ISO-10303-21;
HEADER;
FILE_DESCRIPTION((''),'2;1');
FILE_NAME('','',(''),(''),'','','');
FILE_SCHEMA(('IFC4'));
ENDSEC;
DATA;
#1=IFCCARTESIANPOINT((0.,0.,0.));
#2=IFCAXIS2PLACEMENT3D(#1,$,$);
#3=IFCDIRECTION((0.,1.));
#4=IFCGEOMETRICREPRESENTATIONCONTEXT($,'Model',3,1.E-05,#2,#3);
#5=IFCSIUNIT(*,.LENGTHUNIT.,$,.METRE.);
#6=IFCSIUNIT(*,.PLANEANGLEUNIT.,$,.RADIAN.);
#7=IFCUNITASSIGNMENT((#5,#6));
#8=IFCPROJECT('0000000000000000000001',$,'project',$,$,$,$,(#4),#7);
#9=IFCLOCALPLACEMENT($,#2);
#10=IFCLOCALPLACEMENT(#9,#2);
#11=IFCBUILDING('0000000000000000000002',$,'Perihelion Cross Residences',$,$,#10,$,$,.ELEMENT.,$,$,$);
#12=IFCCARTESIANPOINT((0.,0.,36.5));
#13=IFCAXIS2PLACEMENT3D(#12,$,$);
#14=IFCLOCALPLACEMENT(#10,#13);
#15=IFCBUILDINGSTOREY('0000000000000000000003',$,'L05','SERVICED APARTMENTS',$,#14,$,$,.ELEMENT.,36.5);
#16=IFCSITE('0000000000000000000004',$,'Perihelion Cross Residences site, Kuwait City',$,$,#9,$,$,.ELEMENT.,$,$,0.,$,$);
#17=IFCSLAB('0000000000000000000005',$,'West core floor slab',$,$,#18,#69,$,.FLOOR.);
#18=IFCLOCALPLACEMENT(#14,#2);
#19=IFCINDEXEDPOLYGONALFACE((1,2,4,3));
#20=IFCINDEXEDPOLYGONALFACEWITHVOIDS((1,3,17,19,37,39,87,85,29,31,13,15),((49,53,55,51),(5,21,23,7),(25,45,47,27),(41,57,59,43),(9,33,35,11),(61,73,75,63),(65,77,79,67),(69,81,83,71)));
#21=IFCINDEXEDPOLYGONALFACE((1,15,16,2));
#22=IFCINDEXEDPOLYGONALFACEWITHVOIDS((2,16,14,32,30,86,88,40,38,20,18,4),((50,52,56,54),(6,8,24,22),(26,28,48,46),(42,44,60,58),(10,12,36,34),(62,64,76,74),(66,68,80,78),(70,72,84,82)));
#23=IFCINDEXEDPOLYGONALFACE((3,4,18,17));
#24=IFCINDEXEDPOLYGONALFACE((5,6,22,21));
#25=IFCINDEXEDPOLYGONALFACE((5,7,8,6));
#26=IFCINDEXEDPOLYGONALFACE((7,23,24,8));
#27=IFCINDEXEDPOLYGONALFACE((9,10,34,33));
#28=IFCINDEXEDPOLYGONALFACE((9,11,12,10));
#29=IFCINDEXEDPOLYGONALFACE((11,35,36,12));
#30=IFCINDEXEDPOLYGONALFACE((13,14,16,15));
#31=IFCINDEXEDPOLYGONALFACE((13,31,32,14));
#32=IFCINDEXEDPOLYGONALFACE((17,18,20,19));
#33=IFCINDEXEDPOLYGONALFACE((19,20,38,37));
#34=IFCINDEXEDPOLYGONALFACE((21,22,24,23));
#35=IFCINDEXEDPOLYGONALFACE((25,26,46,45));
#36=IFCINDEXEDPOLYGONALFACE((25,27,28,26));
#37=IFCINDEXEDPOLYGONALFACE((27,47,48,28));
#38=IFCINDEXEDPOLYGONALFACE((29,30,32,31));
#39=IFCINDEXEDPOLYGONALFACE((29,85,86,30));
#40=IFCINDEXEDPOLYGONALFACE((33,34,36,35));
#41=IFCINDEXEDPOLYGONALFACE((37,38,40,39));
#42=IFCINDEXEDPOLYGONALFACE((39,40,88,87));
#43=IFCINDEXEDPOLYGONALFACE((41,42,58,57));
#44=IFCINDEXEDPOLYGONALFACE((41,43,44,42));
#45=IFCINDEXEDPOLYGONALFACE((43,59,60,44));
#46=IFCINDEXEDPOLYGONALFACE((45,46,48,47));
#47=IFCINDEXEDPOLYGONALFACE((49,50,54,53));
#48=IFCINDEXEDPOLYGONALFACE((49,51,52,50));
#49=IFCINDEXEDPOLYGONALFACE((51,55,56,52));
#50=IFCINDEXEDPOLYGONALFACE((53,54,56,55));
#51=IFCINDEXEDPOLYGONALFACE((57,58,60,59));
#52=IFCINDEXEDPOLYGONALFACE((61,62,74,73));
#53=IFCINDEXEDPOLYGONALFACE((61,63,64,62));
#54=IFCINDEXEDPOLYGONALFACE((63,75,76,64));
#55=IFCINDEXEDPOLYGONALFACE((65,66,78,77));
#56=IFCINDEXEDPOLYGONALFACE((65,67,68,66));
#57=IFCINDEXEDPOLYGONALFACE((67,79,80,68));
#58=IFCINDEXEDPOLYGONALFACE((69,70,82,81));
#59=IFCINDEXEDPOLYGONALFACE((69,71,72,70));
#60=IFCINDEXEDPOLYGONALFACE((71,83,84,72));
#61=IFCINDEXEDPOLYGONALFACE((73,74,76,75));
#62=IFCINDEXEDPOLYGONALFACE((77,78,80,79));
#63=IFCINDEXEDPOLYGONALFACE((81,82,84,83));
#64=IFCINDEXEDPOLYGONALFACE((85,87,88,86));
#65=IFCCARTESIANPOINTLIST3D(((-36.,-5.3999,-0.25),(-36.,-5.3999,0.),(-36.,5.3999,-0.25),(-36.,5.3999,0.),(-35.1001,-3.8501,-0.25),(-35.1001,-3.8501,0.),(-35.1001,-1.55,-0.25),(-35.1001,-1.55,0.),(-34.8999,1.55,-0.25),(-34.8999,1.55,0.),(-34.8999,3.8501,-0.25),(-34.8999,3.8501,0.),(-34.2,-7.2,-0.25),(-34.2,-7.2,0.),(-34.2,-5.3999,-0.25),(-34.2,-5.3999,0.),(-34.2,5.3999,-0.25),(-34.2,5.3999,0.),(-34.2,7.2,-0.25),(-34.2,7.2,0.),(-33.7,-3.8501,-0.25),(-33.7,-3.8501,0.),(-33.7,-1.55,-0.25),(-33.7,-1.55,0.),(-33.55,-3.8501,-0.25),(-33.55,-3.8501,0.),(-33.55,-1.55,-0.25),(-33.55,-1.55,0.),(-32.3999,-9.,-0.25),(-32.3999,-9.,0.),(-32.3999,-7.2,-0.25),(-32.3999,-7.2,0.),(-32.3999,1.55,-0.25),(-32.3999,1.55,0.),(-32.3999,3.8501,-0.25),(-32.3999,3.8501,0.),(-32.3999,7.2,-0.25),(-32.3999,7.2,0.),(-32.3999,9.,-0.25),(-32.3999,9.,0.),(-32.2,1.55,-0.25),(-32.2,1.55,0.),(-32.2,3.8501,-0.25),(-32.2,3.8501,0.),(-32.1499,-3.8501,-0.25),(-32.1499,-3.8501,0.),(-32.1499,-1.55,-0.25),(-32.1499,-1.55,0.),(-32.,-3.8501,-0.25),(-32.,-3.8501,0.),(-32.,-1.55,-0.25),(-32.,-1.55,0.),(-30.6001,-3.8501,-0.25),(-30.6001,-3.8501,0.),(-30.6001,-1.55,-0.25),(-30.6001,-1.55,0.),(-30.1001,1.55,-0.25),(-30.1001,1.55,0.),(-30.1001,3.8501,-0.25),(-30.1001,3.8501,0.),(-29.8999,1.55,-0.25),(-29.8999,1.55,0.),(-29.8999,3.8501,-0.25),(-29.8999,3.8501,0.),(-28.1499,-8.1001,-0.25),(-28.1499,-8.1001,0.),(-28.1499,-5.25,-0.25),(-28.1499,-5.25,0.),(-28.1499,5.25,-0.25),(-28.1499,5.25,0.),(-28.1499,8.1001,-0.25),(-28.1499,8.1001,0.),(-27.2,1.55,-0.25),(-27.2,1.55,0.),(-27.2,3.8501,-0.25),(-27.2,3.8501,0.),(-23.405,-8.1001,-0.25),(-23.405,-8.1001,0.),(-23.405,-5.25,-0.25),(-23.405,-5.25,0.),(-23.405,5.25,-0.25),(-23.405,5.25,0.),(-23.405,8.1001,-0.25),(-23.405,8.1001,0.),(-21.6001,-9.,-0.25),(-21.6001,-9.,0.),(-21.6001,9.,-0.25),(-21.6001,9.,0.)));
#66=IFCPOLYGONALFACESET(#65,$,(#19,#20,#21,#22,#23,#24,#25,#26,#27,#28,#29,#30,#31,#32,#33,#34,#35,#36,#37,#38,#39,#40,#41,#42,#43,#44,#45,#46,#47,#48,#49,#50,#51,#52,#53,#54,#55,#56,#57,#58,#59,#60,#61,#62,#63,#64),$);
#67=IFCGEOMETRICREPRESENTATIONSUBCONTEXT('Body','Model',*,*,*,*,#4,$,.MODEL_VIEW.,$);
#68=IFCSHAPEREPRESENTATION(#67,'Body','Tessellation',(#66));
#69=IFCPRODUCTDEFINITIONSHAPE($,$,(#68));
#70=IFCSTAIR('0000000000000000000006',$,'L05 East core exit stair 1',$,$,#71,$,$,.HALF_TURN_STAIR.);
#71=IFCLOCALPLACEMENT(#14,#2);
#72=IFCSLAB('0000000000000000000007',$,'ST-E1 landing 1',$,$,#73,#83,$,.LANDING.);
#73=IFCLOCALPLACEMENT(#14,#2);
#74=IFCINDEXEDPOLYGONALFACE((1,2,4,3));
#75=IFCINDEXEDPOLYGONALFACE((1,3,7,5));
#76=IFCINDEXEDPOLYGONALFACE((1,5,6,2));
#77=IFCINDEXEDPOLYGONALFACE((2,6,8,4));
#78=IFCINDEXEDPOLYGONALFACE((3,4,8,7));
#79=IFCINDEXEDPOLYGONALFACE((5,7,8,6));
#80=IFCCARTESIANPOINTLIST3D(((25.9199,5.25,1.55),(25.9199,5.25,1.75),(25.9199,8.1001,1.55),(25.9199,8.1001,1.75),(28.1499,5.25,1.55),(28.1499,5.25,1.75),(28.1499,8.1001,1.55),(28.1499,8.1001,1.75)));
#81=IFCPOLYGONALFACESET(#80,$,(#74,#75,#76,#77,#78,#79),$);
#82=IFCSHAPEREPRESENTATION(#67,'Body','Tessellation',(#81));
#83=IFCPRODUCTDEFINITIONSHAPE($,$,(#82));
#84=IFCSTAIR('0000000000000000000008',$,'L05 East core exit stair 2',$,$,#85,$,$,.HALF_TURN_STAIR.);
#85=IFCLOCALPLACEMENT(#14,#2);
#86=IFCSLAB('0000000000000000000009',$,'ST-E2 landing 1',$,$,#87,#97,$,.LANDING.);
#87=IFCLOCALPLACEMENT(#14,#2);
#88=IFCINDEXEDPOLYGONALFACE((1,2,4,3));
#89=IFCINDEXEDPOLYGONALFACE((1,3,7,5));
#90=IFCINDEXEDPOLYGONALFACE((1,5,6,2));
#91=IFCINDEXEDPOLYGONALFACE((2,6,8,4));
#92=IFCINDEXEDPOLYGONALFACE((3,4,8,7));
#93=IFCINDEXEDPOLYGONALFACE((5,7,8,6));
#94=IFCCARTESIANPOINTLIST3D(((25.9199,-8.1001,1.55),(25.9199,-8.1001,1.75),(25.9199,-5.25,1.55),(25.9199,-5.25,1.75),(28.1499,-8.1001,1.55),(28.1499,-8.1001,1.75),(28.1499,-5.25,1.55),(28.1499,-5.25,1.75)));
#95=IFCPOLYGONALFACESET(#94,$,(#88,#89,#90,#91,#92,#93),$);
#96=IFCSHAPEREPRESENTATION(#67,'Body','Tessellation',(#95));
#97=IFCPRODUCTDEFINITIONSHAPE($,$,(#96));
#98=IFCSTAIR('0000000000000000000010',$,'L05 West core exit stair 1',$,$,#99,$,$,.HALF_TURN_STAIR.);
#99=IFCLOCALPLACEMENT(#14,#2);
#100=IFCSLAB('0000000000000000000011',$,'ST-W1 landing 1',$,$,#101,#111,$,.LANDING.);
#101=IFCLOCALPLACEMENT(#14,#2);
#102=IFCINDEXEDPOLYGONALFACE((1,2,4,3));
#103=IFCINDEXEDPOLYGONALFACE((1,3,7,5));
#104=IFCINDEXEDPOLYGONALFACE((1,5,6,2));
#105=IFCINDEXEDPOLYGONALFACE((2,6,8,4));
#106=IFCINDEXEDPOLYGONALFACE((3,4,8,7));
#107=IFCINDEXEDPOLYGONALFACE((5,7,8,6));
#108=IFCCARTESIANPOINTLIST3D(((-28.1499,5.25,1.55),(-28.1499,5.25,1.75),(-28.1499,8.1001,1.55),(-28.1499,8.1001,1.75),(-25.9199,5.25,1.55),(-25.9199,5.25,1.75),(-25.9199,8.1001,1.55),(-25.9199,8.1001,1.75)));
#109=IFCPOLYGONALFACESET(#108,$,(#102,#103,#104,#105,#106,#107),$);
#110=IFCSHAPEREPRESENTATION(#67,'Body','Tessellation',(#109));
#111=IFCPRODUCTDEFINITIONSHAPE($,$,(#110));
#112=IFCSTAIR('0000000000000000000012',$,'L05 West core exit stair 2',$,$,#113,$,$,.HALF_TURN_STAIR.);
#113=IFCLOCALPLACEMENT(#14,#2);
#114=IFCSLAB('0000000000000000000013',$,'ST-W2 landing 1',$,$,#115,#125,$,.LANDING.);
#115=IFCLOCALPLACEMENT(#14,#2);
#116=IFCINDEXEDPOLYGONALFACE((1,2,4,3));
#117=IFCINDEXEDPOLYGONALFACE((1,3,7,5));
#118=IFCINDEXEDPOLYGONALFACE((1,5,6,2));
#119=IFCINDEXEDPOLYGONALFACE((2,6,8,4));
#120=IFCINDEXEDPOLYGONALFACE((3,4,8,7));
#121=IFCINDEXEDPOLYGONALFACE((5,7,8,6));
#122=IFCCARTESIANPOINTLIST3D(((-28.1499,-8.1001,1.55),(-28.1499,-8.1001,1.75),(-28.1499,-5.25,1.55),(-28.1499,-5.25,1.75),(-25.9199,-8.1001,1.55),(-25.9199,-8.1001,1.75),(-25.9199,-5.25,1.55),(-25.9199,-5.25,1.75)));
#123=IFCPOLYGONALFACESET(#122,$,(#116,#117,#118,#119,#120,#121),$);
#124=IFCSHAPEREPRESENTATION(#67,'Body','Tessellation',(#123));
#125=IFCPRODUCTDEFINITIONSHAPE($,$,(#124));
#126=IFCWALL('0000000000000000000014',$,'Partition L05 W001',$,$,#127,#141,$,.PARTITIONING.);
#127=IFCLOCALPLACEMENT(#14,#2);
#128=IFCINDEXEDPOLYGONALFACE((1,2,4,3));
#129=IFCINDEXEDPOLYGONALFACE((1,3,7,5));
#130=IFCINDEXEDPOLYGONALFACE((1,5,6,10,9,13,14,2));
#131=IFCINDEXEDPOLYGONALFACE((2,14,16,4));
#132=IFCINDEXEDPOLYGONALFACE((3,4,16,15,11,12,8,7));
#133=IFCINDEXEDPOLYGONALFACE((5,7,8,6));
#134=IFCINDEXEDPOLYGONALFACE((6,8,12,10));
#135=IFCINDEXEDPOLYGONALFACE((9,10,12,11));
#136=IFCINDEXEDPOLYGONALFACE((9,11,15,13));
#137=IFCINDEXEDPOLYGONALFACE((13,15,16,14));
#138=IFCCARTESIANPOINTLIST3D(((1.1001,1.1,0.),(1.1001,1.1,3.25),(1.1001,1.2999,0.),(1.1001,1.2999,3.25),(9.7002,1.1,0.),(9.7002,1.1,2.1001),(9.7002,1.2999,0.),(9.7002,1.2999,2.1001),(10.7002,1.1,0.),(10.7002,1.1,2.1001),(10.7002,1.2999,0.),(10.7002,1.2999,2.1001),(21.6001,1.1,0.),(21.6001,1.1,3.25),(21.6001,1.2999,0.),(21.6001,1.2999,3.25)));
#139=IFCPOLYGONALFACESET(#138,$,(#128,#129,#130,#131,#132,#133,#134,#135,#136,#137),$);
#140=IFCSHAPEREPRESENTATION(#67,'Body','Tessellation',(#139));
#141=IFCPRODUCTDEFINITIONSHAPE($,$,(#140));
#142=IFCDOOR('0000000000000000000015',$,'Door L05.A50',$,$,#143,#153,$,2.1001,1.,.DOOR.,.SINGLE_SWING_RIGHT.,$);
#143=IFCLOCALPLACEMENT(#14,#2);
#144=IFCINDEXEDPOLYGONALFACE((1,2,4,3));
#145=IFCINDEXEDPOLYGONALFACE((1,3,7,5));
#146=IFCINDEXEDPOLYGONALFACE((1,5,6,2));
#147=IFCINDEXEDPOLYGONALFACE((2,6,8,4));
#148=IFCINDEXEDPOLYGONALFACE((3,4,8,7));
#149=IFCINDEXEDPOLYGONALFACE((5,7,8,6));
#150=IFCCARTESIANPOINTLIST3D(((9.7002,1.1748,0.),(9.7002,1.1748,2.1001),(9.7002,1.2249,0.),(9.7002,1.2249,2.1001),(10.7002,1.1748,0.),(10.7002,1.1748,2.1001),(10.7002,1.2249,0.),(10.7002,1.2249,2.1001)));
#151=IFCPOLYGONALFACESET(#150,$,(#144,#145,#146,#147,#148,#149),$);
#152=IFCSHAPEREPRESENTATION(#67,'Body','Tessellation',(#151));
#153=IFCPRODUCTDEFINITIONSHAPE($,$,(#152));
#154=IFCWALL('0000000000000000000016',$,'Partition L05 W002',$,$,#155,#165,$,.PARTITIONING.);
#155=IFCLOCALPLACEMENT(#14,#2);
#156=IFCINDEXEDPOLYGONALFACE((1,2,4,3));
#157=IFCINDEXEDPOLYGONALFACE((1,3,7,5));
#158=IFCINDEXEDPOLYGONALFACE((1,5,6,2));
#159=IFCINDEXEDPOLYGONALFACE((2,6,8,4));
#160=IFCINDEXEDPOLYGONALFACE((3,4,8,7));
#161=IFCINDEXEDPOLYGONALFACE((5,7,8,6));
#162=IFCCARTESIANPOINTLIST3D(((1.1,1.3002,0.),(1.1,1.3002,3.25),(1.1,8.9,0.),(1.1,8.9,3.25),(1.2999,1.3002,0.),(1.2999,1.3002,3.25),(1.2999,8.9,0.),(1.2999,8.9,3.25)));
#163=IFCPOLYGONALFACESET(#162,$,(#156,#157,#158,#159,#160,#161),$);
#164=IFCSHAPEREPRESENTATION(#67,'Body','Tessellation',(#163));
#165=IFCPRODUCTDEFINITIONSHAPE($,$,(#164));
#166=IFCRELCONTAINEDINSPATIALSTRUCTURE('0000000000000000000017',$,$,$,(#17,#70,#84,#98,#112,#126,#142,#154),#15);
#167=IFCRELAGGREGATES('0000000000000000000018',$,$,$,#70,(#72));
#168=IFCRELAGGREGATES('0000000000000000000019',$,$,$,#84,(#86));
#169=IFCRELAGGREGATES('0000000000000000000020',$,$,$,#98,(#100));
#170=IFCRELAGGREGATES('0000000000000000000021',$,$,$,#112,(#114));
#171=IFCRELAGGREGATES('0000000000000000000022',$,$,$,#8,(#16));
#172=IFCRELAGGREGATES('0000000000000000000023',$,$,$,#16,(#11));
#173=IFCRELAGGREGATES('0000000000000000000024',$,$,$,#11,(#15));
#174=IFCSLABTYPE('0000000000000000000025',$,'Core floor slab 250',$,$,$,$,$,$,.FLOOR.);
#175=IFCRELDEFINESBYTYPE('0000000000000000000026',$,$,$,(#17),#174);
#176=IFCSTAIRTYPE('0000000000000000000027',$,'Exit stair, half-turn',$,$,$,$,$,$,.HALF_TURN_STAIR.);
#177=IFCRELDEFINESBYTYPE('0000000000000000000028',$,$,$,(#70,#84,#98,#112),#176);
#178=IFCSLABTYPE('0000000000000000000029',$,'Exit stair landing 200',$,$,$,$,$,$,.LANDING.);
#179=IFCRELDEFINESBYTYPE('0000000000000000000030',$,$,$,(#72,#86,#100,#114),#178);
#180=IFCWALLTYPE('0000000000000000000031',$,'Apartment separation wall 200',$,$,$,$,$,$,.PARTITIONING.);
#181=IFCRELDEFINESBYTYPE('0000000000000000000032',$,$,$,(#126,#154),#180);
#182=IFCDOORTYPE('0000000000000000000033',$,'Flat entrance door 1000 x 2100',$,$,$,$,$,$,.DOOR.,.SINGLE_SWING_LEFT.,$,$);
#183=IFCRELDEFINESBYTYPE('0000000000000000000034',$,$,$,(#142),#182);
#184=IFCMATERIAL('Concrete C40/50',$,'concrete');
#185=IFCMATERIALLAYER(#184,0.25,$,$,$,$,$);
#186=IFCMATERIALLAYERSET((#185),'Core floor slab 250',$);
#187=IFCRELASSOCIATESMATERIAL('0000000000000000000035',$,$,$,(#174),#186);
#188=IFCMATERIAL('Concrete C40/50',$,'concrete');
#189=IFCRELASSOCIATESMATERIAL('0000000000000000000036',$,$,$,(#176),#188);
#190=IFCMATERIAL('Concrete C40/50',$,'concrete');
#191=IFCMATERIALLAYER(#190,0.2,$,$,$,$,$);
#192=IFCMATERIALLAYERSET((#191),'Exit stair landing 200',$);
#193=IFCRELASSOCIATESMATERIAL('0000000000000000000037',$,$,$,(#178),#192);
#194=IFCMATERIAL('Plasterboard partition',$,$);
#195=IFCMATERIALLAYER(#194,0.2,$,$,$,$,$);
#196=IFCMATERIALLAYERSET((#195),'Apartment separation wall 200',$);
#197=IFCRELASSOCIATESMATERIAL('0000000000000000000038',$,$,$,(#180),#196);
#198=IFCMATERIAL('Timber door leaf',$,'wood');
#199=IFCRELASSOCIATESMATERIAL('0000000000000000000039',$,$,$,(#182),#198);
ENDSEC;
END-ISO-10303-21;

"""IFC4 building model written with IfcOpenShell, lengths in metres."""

from ifc_helpers import new_model, si_unit, direction, frame, frame_2d, origin, place, context, subcontext, project, spatial, polyline, rectangle, outline, extrude, material, layer, layer_set, type_object, element, fill, aggregate, save


model = new_model("IFC4")

# Units and contexts
model_context = context("Model", 3, precision=1e-05, world=origin(), true_north=direction((0.0, 1.0)))
body_context = subcontext(model_context, "Body", "Model", "MODEL_VIEW")
ifc_project = project(units=[si_unit("LENGTHUNIT", "METRE"), si_unit("PLANEANGLEUNIT", "RADIAN")], contexts=[model_context])

# Site, building, storey
site_placement = place(None, origin())
site = spatial("IfcSite", under=ifc_project, at=site_placement, Name="Perihelion Cross Residences site, Kuwait City", CompositionType="ELEMENT", RefElevation=0.0)
building_placement = place(site_placement, origin())
building = spatial("IfcBuilding", under=site, at=building_placement, Name="Perihelion Cross Residences", CompositionType="ELEMENT")
storey_placement = place(building_placement, frame((0.0, 0.0, 36.5)))
storey = spatial("IfcBuildingStorey", under=building, at=storey_placement, Name="L05", Description="SERVICED APARTMENTS", CompositionType="ELEMENT", Elevation=36.5)

# Slab
ifc_material_1 = material(Name="Concrete C40/50", Category="concrete")
ifc_layer_1 = layer(ifc_material_1, 0.25)
ifc_layer_set_1 = layer_set([ifc_layer_1], Name="Core floor slab 250")
slab_type_1 = type_object("IfcSlabType", Name="Core floor slab 250", PredefinedType="FLOOR", material=ifc_layer_set_1)
slab_1_placement = place(storey_placement, frame((0.0, 0.0, -0.25)))
element("IfcSlab", 1, at=slab_1_placement, inside=storey, type_object=slab_type_1, Name="West core floor slab", PredefinedType="FLOOR", context=body_context, shape_type="SweptSolid", body=[
    extrude(outline(polyline([(-32.3999, 7.2), (-34.2, 7.2), (-34.2, 5.3999), (-36.0, 5.3999), (-36.0, -5.3999), (-34.2, -5.3999), (-34.2, -7.2), (-32.3999, -7.2), (-32.3999, -9.0), (-21.6001, -9.0), (-21.6001, 9.0), (-32.3999, 9.0), (-32.3999, 7.2)]), holes=[polyline([(-23.405, -8.1001), (-28.1499, -8.1001), (-28.1499, -5.25), (-23.405, -5.25), (-23.405, -8.1001)]), polyline([(-30.6001, -1.55), (-30.6001, -3.8501), (-32.0, -3.8501), (-32.0, -1.55), (-30.6001, -1.55)]), polyline([(-32.1499, -1.55), (-32.1499, -3.8501), (-33.55, -3.8501), (-33.55, -1.55), (-32.1499, -1.55)]), polyline([(-33.7, -1.55), (-33.7, -3.8501), (-35.1001, -3.8501), (-35.1001, -1.55), (-33.7, -1.55)]), polyline([(-27.2, 3.8501), (-27.2, 1.55), (-29.8999, 1.55), (-29.8999, 3.8501), (-27.2, 3.8501)]), polyline([(-30.1001, 3.8501), (-30.1001, 1.55), (-32.2, 1.55), (-32.2, 3.8501), (-30.1001, 3.8501)]), polyline([(-32.3999, 3.8501), (-32.3999, 1.55), (-34.8999, 1.55), (-34.8999, 3.8501), (-32.3999, 3.8501)]), polyline([(-23.405, 5.25), (-28.1499, 5.25), (-28.1499, 8.1001), (-23.405, 8.1001), (-23.405, 5.25)])]), origin(), (0.0, 0.0, 1.0), 0.25),
])

# Stairs, slabs
ifc_material_2 = material(Name="Concrete C40/50", Category="concrete")
stair_type = type_object("IfcStairType", Name="Exit stair, half-turn", PredefinedType="HALF_TURN_STAIR", material=ifc_material_2)
stair_1_placement = place(storey_placement, origin())
stair_1 = element("IfcStair", 2, at=stair_1_placement, inside=storey, type_object=stair_type, Name="L05 East core exit stair 1", PredefinedType="HALF_TURN_STAIR")
ifc_material_3 = material(Name="Concrete C40/50", Category="concrete")
ifc_layer_2 = layer(ifc_material_3, 0.2)
ifc_layer_set_2 = layer_set([ifc_layer_2], Name="Exit stair landing 200")
slab_type_2 = type_object("IfcSlabType", Name="Exit stair landing 200", PredefinedType="LANDING", material=ifc_layer_set_2)
slab_2_placement = place(storey_placement, frame((0.0, 0.0, 1.55)))
slab_2 = element("IfcSlab", 3, at=slab_2_placement, type_object=slab_type_2, Name="ST-E1 landing 1", PredefinedType="LANDING", context=body_context, shape_type="SweptSolid", body=[
    extrude(outline(polyline([(25.9199, 5.25), (28.1499, 5.25), (28.1499, 8.1001), (25.9199, 8.1001), (25.9199, 5.25)])), origin(), (0.0, 0.0, 1.0), 0.2),
])
aggregate(stair_1, [slab_2])
stair_2_placement = place(storey_placement, origin())
stair_2 = element("IfcStair", 4, at=stair_2_placement, inside=storey, type_object=stair_type, Name="L05 East core exit stair 2", PredefinedType="HALF_TURN_STAIR")
slab_3_placement = place(storey_placement, frame((0.0, 0.0, 1.55)))
slab_3 = element("IfcSlab", 5, at=slab_3_placement, type_object=slab_type_2, Name="ST-E2 landing 1", PredefinedType="LANDING", context=body_context, shape_type="SweptSolid", body=[
    extrude(outline(polyline([(25.9199, -8.1001), (28.1499, -8.1001), (28.1499, -5.25), (25.9199, -5.25), (25.9199, -8.1001)])), origin(), (0.0, 0.0, 1.0), 0.2),
])
aggregate(stair_2, [slab_3])
stair_3_placement = place(storey_placement, origin())
stair_3 = element("IfcStair", 6, at=stair_3_placement, inside=storey, type_object=stair_type, Name="L05 West core exit stair 1", PredefinedType="HALF_TURN_STAIR")
slab_4_placement = place(storey_placement, frame((0.0, 0.0, 1.55)))
slab_4 = element("IfcSlab", 7, at=slab_4_placement, type_object=slab_type_2, Name="ST-W1 landing 1", PredefinedType="LANDING", context=body_context, shape_type="SweptSolid", body=[
    extrude(outline(polyline([(-25.9199, 8.1001), (-28.1499, 8.1001), (-28.1499, 5.25), (-25.9199, 5.25), (-25.9199, 8.1001)])), origin(), (0.0, 0.0, 1.0), 0.2),
])
aggregate(stair_3, [slab_4])
stair_4_placement = place(storey_placement, origin())
stair_4 = element("IfcStair", 8, at=stair_4_placement, inside=storey, type_object=stair_type, Name="L05 West core exit stair 2", PredefinedType="HALF_TURN_STAIR")
slab_5_placement = place(storey_placement, frame((0.0, 0.0, 1.55)))
slab_5 = element("IfcSlab", 9, at=slab_5_placement, type_object=slab_type_2, Name="ST-W2 landing 1", PredefinedType="LANDING", context=body_context, shape_type="SweptSolid", body=[
    extrude(outline(polyline([(-25.9199, -5.25), (-28.1499, -5.25), (-28.1499, -8.1001), (-25.9199, -8.1001), (-25.9199, -5.25)])), origin(), (0.0, 0.0, 1.0), 0.2),
])
aggregate(stair_4, [slab_5])

# Wall, opening, door
ifc_material_4 = material(Name="Plasterboard partition")
ifc_layer_3 = layer(ifc_material_4, 0.2)
ifc_layer_set_3 = layer_set([ifc_layer_3], Name="Apartment separation wall 200")
wall_type_1 = type_object("IfcWallType", Name="Apartment separation wall 200", PredefinedType="PARTITIONING", material=ifc_layer_set_3)
wall_1_placement = place(storey_placement, frame((1.1001, 1.2, 0.0), z_axis=(0.0, 0.0, 1.0), x_axis=(1.0, 0.0, 0.0)))
wall_1 = element("IfcWall", 10, at=wall_1_placement, inside=storey, type_object=wall_type_1, Name="Partition L05 W001", PredefinedType="PARTITIONING", context=body_context, shape_type="SweptSolid", body=[
    extrude(rectangle(XDim=20.5, YDim=0.2, at=frame_2d((10.25, 0.0))), origin(), (0.0, 0.0, 1.0), 3.25),
])
opening_1_placement = place(wall_1_placement, frame((8.6001, 0.0, 0.0)))
opening_1 = element("IfcOpeningElement", 11, at=opening_1_placement, cuts=wall_1, PredefinedType="OPENING", context=body_context, shape_type="SweptSolid", body=[
    extrude(rectangle(XDim=1.0, YDim=2.1001, at=frame_2d((0.5, 1.05))), frame((0.0, 0.1099, 0.0), z_axis=(0.0, -1.0, 0.0), x_axis=(1.0, 0.0, 0.0)), (0.0, 0.0, 1.0), 0.22),
])
ifc_material_5 = material(Name="Timber door leaf", Category="wood")
door_type_1 = type_object("IfcDoorType", Name="Flat entrance door 1000 x 2100", OperationType="SINGLE_SWING_LEFT", PredefinedType="DOOR", material=ifc_material_5)
door_1_placement = place(opening_1_placement, origin())
door_1 = element("IfcDoor", 12, at=door_1_placement, inside=storey, type_object=door_type_1, Name="Door L05.A50", OperationType="SINGLE_SWING_RIGHT", OverallHeight=2.1001, OverallWidth=1.0, PredefinedType="DOOR", context=body_context, shape_type="SweptSolid", body=[
    extrude(rectangle(XDim=1.0, YDim=2.1001, at=frame_2d((0.5, 1.05))), frame((0.0, 0.0249, 0.0), z_axis=(0.0, -1.0, 0.0), x_axis=(1.0, 0.0, 0.0)), (0.0, 0.0, 1.0), 0.05),
])
fill(opening_1, door_1)

# Wall
wall_2_placement = place(storey_placement, frame((1.2, 8.8999, 0.0), z_axis=(0.0, 0.0, 1.0), x_axis=(0.0, -1.0, 0.0)))
element("IfcWall", 13, at=wall_2_placement, inside=storey, type_object=wall_type_1, Name="Partition L05 W002", PredefinedType="PARTITIONING", context=body_context, shape_type="SweptSolid", body=[
    extrude(rectangle(XDim=7.5999, YDim=0.2, at=frame_2d((3.7998, 0.0))), origin(), (0.0, 0.0, 1.0), 3.25),
])

save(model, "model.ifc")
